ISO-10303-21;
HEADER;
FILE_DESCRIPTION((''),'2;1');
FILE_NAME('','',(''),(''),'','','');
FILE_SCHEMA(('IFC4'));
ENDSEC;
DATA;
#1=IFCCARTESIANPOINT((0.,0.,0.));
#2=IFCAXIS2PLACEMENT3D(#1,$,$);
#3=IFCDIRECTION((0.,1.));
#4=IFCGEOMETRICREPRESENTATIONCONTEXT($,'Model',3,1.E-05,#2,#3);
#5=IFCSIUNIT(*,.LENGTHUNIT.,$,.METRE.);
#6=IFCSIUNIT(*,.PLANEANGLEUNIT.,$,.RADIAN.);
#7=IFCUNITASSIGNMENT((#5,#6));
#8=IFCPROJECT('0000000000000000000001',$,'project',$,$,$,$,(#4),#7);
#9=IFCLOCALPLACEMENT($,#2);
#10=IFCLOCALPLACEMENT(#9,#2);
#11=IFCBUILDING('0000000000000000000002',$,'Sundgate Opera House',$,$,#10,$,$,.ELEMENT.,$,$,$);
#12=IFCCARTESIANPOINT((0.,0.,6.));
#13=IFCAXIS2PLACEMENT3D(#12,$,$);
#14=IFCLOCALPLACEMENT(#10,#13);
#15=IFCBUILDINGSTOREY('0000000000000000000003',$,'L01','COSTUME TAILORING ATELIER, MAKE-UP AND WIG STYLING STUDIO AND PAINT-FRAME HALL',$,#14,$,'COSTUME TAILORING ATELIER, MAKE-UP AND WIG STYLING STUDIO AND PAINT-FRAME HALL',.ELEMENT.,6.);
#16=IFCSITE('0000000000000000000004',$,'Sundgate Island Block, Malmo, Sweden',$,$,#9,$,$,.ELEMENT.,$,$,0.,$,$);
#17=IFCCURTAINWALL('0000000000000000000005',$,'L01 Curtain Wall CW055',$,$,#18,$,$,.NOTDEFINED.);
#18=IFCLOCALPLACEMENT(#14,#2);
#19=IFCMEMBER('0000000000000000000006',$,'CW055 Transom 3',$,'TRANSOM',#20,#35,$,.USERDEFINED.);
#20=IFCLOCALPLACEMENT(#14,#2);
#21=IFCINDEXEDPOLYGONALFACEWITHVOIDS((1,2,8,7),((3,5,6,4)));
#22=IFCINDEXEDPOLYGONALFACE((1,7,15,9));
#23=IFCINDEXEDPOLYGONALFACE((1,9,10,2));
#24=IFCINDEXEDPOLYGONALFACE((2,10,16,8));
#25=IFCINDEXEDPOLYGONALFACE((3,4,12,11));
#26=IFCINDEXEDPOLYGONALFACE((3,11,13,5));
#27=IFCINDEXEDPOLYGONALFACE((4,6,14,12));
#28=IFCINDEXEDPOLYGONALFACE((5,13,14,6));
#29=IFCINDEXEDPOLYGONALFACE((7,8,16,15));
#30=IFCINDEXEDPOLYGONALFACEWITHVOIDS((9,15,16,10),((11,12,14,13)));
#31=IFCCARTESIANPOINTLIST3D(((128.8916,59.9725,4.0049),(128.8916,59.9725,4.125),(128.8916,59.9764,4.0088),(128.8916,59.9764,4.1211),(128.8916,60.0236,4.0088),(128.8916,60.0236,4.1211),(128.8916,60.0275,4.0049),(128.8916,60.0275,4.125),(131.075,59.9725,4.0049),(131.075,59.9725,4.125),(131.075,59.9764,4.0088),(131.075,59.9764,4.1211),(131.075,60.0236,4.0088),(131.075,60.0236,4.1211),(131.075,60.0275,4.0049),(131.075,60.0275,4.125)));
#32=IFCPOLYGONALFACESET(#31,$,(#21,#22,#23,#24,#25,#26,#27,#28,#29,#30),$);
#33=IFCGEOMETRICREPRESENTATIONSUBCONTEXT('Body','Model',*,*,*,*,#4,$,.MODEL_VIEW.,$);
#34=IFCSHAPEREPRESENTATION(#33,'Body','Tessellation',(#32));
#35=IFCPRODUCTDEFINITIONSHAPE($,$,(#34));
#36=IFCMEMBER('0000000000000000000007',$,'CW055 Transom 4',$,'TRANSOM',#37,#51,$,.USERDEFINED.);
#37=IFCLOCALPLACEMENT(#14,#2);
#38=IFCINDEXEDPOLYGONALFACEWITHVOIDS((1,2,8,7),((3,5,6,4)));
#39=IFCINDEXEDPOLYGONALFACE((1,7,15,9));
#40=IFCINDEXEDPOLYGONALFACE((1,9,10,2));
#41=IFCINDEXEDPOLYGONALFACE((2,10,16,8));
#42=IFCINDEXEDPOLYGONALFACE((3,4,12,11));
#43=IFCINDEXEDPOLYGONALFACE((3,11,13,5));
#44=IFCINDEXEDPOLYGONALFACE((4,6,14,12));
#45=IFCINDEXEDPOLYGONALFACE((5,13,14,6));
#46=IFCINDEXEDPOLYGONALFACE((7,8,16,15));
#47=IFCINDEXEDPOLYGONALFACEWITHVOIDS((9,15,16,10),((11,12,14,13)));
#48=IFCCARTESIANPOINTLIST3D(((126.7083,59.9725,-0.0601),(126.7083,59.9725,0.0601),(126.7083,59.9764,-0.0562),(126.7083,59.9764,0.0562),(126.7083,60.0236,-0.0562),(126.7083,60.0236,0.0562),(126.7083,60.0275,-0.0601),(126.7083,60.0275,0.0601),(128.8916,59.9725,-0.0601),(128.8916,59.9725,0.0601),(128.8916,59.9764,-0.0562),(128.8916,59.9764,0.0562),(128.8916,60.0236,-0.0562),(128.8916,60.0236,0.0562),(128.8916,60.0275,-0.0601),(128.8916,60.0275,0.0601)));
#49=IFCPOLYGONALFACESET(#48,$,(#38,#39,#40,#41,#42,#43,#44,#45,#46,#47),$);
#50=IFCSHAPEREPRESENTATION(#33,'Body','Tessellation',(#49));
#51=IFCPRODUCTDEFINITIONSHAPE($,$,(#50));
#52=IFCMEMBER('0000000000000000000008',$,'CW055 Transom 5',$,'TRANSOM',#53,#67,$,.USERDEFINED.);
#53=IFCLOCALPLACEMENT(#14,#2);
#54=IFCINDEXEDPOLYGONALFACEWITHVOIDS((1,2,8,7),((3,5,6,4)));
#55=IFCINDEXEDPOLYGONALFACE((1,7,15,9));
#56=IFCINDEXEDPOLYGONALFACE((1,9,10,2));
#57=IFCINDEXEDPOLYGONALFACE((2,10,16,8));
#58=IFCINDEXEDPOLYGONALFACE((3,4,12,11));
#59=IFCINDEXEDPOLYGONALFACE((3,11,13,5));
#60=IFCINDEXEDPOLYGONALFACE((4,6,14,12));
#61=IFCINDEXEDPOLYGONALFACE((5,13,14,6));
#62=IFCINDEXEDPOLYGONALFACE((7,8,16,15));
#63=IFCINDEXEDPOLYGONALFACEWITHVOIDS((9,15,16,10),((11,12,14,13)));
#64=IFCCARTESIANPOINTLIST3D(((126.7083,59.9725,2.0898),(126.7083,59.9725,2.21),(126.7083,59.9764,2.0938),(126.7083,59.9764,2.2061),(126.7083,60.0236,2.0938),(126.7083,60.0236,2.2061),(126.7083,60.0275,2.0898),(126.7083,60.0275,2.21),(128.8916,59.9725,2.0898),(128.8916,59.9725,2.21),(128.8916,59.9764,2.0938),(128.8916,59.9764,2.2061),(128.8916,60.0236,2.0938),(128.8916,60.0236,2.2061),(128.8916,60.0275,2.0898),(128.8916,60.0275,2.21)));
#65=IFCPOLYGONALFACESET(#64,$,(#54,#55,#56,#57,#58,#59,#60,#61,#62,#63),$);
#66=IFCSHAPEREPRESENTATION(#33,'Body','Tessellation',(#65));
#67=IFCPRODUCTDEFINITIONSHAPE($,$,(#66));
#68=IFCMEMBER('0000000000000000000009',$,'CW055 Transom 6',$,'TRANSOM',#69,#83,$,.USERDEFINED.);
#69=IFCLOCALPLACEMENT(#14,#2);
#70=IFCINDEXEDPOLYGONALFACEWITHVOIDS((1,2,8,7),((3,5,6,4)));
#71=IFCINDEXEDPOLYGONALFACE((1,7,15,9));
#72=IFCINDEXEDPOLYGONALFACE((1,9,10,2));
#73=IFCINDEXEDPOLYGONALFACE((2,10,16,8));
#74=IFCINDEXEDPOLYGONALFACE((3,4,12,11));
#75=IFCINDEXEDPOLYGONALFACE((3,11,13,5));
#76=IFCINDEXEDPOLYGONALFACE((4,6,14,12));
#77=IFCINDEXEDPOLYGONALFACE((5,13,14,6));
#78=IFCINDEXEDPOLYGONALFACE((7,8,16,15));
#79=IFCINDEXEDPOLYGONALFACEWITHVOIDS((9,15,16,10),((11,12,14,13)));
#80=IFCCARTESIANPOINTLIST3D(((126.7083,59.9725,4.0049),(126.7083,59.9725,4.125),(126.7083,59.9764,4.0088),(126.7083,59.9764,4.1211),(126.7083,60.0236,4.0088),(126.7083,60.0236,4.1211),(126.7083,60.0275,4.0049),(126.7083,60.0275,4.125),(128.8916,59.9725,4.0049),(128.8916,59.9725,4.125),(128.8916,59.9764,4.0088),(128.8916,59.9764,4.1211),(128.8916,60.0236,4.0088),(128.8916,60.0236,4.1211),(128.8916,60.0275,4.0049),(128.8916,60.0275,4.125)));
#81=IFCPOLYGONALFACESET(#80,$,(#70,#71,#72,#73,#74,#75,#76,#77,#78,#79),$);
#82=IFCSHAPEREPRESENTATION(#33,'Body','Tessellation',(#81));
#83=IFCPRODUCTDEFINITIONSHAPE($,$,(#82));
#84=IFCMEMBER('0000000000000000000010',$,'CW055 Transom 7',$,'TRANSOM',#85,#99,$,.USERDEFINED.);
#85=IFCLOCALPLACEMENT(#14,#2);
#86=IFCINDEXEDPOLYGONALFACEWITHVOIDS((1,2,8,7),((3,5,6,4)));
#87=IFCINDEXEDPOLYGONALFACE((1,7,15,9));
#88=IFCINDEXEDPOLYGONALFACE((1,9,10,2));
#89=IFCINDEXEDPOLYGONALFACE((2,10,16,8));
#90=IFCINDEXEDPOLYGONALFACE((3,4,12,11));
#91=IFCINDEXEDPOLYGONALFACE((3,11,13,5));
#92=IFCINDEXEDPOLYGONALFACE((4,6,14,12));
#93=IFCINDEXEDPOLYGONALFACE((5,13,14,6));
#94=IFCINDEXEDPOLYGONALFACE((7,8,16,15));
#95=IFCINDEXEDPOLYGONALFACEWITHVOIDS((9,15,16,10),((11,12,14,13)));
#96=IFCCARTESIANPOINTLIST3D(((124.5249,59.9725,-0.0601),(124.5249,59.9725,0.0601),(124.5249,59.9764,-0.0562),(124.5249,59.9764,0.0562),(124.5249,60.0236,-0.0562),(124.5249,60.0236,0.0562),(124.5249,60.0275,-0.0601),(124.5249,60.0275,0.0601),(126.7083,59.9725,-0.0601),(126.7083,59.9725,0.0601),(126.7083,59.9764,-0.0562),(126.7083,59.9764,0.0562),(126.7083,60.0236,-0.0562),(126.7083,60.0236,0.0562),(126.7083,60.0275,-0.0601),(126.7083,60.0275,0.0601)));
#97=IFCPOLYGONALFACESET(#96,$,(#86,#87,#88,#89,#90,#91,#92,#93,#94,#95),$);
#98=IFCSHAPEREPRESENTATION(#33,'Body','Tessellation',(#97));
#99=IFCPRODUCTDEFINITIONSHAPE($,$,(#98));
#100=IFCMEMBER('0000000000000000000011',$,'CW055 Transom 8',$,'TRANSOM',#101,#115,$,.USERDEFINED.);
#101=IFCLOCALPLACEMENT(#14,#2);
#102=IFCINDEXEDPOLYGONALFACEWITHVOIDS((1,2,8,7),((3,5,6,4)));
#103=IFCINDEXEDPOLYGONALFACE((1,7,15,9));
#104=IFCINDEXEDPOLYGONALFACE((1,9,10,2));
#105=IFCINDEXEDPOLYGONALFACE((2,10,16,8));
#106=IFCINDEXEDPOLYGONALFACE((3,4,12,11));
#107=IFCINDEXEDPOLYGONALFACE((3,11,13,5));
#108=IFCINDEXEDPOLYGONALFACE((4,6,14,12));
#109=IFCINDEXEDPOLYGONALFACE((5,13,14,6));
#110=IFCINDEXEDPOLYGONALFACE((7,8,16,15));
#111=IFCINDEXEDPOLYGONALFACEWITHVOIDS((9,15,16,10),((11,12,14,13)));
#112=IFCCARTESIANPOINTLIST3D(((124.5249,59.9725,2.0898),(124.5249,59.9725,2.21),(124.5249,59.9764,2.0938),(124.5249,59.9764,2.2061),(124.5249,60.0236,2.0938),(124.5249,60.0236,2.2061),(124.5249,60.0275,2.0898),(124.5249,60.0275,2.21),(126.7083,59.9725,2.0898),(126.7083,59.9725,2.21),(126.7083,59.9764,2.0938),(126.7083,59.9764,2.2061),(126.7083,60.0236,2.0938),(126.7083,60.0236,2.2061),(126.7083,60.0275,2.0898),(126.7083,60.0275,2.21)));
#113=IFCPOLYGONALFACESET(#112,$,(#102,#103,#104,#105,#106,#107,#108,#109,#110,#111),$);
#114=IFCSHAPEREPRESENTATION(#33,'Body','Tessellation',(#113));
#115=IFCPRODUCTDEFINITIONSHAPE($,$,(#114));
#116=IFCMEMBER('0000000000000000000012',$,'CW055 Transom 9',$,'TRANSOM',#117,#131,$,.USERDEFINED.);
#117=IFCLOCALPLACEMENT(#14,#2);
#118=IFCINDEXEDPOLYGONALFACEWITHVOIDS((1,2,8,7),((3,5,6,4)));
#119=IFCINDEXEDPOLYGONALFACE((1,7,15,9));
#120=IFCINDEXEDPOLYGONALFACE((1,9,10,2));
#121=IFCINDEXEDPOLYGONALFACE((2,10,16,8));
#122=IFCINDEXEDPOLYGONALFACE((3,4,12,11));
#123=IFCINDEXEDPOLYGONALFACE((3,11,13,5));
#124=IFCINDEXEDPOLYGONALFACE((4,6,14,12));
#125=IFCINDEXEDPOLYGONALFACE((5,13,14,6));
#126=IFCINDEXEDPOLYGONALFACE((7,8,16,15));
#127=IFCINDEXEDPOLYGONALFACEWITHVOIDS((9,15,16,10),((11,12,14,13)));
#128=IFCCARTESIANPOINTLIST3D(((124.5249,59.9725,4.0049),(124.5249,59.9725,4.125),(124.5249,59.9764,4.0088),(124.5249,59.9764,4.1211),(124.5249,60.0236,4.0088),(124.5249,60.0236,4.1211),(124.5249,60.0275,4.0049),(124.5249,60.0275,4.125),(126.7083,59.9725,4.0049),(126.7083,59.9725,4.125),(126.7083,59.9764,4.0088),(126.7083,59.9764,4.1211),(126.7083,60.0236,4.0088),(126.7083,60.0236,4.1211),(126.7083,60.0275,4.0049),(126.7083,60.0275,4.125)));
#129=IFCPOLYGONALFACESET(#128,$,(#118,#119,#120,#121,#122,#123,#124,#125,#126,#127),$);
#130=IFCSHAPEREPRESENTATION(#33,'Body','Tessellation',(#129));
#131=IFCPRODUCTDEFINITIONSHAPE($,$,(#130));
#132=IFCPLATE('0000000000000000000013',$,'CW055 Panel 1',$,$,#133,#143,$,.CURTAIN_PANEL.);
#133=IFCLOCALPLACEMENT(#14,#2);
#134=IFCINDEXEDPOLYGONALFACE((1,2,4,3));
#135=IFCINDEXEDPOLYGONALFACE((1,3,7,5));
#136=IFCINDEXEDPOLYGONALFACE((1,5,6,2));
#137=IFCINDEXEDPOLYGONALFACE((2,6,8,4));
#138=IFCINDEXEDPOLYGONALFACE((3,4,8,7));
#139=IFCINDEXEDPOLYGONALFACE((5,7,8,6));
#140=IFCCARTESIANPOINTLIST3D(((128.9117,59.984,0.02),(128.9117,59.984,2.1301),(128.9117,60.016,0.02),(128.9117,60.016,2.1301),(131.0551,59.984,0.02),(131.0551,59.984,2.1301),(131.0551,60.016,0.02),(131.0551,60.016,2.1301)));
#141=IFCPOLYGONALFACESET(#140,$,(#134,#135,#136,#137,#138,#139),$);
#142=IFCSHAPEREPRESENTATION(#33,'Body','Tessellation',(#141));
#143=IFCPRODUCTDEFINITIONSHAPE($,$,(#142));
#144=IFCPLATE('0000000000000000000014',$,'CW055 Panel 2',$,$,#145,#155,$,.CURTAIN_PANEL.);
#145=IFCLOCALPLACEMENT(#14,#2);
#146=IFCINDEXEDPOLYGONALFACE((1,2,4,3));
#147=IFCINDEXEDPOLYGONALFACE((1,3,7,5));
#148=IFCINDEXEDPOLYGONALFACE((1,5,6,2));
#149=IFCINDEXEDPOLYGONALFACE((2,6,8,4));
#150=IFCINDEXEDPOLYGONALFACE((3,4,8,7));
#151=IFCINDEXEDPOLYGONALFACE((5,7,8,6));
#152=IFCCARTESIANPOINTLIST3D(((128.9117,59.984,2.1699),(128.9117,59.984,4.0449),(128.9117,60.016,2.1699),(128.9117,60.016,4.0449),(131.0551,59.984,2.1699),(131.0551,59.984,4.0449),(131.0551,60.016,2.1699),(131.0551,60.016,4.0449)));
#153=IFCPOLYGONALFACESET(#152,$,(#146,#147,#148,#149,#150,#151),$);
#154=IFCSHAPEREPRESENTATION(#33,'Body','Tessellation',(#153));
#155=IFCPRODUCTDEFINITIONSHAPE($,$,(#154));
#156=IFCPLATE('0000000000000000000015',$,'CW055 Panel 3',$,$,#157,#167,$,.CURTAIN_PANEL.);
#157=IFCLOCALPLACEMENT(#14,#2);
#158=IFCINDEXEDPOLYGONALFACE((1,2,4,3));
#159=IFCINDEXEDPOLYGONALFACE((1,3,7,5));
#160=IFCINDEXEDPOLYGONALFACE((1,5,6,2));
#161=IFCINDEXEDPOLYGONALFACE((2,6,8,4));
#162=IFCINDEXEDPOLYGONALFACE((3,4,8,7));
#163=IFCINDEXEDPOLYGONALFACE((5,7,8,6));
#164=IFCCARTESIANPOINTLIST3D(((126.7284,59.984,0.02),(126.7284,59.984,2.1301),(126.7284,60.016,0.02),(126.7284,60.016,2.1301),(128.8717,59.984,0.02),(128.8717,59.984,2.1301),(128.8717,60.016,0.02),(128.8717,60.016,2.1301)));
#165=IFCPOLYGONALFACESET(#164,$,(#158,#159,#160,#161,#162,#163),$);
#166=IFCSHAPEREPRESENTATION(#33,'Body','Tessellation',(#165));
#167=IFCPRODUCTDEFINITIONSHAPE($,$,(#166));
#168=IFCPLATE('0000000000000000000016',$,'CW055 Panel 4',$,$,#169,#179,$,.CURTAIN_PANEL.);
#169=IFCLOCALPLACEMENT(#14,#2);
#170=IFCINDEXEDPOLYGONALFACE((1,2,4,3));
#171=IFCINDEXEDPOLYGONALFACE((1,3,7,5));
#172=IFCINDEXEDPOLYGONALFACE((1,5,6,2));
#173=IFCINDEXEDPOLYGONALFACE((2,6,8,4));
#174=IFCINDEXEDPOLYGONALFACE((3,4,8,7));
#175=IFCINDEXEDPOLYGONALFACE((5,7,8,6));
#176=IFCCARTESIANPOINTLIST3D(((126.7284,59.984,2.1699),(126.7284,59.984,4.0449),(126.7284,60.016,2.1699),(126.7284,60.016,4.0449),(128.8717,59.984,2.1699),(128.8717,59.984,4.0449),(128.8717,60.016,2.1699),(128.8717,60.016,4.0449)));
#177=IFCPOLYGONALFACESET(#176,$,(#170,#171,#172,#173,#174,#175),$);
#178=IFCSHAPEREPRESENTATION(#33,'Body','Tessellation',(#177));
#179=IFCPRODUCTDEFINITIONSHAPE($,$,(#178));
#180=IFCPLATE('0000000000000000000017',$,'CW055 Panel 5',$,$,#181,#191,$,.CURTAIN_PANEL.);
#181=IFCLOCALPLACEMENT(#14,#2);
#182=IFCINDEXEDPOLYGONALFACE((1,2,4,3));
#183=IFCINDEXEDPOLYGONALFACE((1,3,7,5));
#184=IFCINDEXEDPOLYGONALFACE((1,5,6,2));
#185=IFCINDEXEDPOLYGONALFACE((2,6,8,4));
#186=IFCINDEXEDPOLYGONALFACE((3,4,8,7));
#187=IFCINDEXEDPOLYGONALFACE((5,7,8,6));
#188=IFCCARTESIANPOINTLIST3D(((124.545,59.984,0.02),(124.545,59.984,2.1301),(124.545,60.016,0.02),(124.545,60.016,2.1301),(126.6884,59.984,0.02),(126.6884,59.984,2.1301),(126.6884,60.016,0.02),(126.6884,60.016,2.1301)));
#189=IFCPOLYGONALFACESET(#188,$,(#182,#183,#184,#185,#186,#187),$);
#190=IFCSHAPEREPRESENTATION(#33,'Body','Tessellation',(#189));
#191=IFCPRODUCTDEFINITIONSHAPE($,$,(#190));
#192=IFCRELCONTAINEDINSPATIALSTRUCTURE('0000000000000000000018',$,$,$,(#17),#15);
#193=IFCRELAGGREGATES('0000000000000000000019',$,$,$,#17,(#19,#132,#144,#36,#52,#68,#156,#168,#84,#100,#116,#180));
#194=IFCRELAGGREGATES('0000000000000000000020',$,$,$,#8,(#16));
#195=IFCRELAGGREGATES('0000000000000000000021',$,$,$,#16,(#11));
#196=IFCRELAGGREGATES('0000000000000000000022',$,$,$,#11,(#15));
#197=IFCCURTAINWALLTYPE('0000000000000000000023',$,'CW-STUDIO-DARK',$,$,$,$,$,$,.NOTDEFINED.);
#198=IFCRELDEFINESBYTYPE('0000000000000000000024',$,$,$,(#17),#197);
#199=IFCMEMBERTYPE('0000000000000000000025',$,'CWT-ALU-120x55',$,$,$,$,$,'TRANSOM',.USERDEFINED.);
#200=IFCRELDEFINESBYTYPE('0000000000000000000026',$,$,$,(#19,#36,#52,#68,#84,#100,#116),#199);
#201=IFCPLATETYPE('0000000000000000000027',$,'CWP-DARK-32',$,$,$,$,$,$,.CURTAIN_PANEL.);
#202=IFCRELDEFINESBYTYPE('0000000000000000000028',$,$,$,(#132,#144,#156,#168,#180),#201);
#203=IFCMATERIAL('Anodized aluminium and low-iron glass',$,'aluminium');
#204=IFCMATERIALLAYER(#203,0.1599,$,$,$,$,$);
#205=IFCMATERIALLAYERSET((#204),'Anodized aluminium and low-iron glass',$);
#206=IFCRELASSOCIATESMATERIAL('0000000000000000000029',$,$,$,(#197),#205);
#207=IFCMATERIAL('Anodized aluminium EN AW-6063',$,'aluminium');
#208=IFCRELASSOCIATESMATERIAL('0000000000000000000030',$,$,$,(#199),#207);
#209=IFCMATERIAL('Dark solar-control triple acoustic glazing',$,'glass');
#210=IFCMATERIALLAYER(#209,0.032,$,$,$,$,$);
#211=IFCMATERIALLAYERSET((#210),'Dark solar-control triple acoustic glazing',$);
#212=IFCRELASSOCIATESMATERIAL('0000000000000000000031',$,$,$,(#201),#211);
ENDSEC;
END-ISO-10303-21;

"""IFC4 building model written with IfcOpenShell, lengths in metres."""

from ifc_helpers import new_model, si_unit, direction, frame, origin, origin_2d, place, context, subcontext, project, spatial, rectangle, hollow_rectangle, extrude, material, layer, layer_set, material_profile, profile_set, type_object, element, aggregate, save


model = new_model("IFC4")

# Units and contexts
model_context = context("Model", 3, precision=1e-05, world=origin(), true_north=direction((0.0, 1.0)))
body_context = subcontext(model_context, "Body", "Model", "MODEL_VIEW")
ifc_project = project(units=[si_unit("LENGTHUNIT", "METRE"), si_unit("PLANEANGLEUNIT", "RADIAN")], contexts=[model_context])

# Site, building, storey
site_placement = place(None, origin())
site = spatial("IfcSite", under=ifc_project, at=site_placement, Name="Sundgate Island Block, Malmo, Sweden", CompositionType="ELEMENT", RefElevation=0.0)
building_placement = place(site_placement, origin())
building = spatial("IfcBuilding", under=site, at=building_placement, Name="Sundgate Opera House", CompositionType="ELEMENT")
storey_placement = place(building_placement, frame((0.0, 0.0, 6.0)))
storey = spatial("IfcBuildingStorey", under=building, at=storey_placement, Name="L01", Description="COSTUME TAILORING ATELIER, MAKE-UP AND WIG STYLING STUDIO AND PAINT-FRAME HALL", LongName="COSTUME TAILORING ATELIER, MAKE-UP AND WIG STYLING STUDIO AND PAINT-FRAME HALL", CompositionType="ELEMENT", Elevation=6.0)

# Curtain wall, members, plates
ifc_material_1 = material(Name="Anodized aluminium and low-iron glass", Category="aluminium")
ifc_layer_1 = layer(ifc_material_1, 0.1599)
ifc_layer_set_1 = layer_set([ifc_layer_1], Name="Anodized aluminium and low-iron glass")
curtain_wall_type = type_object("IfcCurtainWallType", Name="CW-STUDIO-DARK", PredefinedType="NOTDEFINED", material=ifc_layer_set_1)
curtain_wall_placement = place(storey_placement, origin())
curtain_wall = element("IfcCurtainWall", 1, at=curtain_wall_placement, inside=storey, type_object=curtain_wall_type, Name="L01 Curtain Wall CW055", PredefinedType="NOTDEFINED")
ifc_material_2 = material(Name="Anodized aluminium EN AW-6063", Category="aluminium")
ifc_material_profile_1 = material_profile(ifc_material_2, hollow_rectangle(XDim=0.0549, YDim=0.1201, WallThickness=0.0039, at=origin_2d()), Name="CWT 120x55x4")
ifc_profile_set_1 = profile_set([ifc_material_profile_1], Name="Anodized aluminium EN AW-6063")
member_type_1 = type_object("IfcMemberType", Name="CWT-ALU-120x55", ElementType="TRANSOM", PredefinedType="USERDEFINED", material=ifc_profile_set_1)
member_1_placement = place(storey_placement, frame((131.075, 60.0, 4.0649), z_axis=(-1.0, 0.0, 0.0), x_axis=(0.0, -1.0, 0.0)))
member_1 = element("IfcMember", 2, at=member_1_placement, type_object=member_type_1, Name="CW055 Transom 3", ObjectType="TRANSOM", PredefinedType="USERDEFINED", context=body_context, shape_type="SweptSolid", body=[
    extrude(hollow_rectangle(XDim=0.0549, YDim=0.1201, WallThickness=0.0039, at=origin_2d()), origin(), (0.0, 0.0, 1.0), 2.1833),
])
member_2_placement = place(storey_placement, frame((128.8916, 60.0, 0.0), z_axis=(-1.0, 0.0, 0.0), x_axis=(0.0, -1.0, 0.0)))
member_2 = element("IfcMember", 3, at=member_2_placement, type_object=member_type_1, Name="CW055 Transom 4", ObjectType="TRANSOM", PredefinedType="USERDEFINED", context=body_context, shape_type="SweptSolid", body=[
    extrude(hollow_rectangle(XDim=0.0549, YDim=0.1201, WallThickness=0.0039, at=origin_2d()), origin(), (0.0, 0.0, 1.0), 2.1833),
])
member_3_placement = place(storey_placement, frame((128.8916, 60.0, 2.1499), z_axis=(-1.0, 0.0, 0.0), x_axis=(0.0, -1.0, 0.0)))
member_3 = element("IfcMember", 4, at=member_3_placement, type_object=member_type_1, Name="CW055 Transom 5", ObjectType="TRANSOM", PredefinedType="USERDEFINED", context=body_context, shape_type="SweptSolid", body=[
    extrude(hollow_rectangle(XDim=0.0549, YDim=0.1201, WallThickness=0.0039, at=origin_2d()), origin(), (0.0, 0.0, 1.0), 2.1833),
])
member_4_placement = place(storey_placement, frame((128.8916, 60.0, 4.0649), z_axis=(-1.0, 0.0, 0.0), x_axis=(0.0, -1.0, 0.0)))
member_4 = element("IfcMember", 5, at=member_4_placement, type_object=member_type_1, Name="CW055 Transom 6", ObjectType="TRANSOM", PredefinedType="USERDEFINED", context=body_context, shape_type="SweptSolid", body=[
    extrude(hollow_rectangle(XDim=0.0549, YDim=0.1201, WallThickness=0.0039, at=origin_2d()), origin(), (0.0, 0.0, 1.0), 2.1833),
])
member_5_placement = place(storey_placement, frame((126.7083, 60.0, 0.0), z_axis=(-1.0, 0.0, 0.0), x_axis=(0.0, -1.0, 0.0)))
member_5 = element("IfcMember", 6, at=member_5_placement, type_object=member_type_1, Name="CW055 Transom 7", ObjectType="TRANSOM", PredefinedType="USERDEFINED", context=body_context, shape_type="SweptSolid", body=[
    extrude(hollow_rectangle(XDim=0.0549, YDim=0.1201, WallThickness=0.0039, at=origin_2d()), origin(), (0.0, 0.0, 1.0), 2.1833),
])
member_6_placement = place(storey_placement, frame((126.7083, 60.0, 2.1499), z_axis=(-1.0, 0.0, 0.0), x_axis=(0.0, -1.0, 0.0)))
member_6 = element("IfcMember", 7, at=member_6_placement, type_object=member_type_1, Name="CW055 Transom 8", ObjectType="TRANSOM", PredefinedType="USERDEFINED", context=body_context, shape_type="SweptSolid", body=[
    extrude(hollow_rectangle(XDim=0.0549, YDim=0.1201, WallThickness=0.0039, at=origin_2d()), origin(), (0.0, 0.0, 1.0), 2.1833),
])
member_7_placement = place(storey_placement, frame((126.7083, 60.0, 4.0649), z_axis=(-1.0, 0.0, 0.0), x_axis=(0.0, -1.0, 0.0)))
member_7 = element("IfcMember", 8, at=member_7_placement, type_object=member_type_1, Name="CW055 Transom 9", ObjectType="TRANSOM", PredefinedType="USERDEFINED", context=body_context, shape_type="SweptSolid", body=[
    extrude(hollow_rectangle(XDim=0.0549, YDim=0.1201, WallThickness=0.0039, at=origin_2d()), origin(), (0.0, 0.0, 1.0), 2.1833),
])
ifc_material_3 = material(Name="Dark solar-control triple acoustic glazing", Category="glass")
ifc_layer_2 = layer(ifc_material_3, 0.032)
ifc_layer_set_2 = layer_set([ifc_layer_2], Name="Dark solar-control triple acoustic glazing")
plate_type = type_object("IfcPlateType", Name="CWP-DARK-32", PredefinedType="CURTAIN_PANEL", material=ifc_layer_set_2)
plate_1_placement = place(storey_placement, frame((129.9834, 60.0, 0.02), z_axis=(0.0, 0.0, 1.0), x_axis=(-1.0, 0.0, 0.0)))
plate_1 = element("IfcPlate", 9, at=plate_1_placement, type_object=plate_type, Name="CW055 Panel 1", PredefinedType="CURTAIN_PANEL", context=body_context, shape_type="SweptSolid", body=[
    extrude(rectangle(XDim=2.1433, YDim=0.032, at=origin_2d()), origin(), (0.0, 0.0, 1.0), 2.1101),
])
plate_2_placement = place(storey_placement, frame((129.9834, 60.0, 2.1699), z_axis=(0.0, 0.0, 1.0), x_axis=(-1.0, 0.0, 0.0)))
plate_2 = element("IfcPlate", 10, at=plate_2_placement, type_object=plate_type, Name="CW055 Panel 2", PredefinedType="CURTAIN_PANEL", context=body_context, shape_type="SweptSolid", body=[
    extrude(rectangle(XDim=2.1433, YDim=0.032, at=origin_2d()), origin(), (0.0, 0.0, 1.0), 1.875),
])
plate_3_placement = place(storey_placement, frame((127.8, 60.0, 0.02), z_axis=(0.0, 0.0, 1.0), x_axis=(-1.0, 0.0, 0.0)))
plate_3 = element("IfcPlate", 11, at=plate_3_placement, type_object=plate_type, Name="CW055 Panel 3", PredefinedType="CURTAIN_PANEL", context=body_context, shape_type="SweptSolid", body=[
    extrude(rectangle(XDim=2.1433, YDim=0.032, at=origin_2d()), origin(), (0.0, 0.0, 1.0), 2.1101),
])
plate_4_placement = place(storey_placement, frame((127.8, 60.0, 2.1699), z_axis=(0.0, 0.0, 1.0), x_axis=(-1.0, 0.0, 0.0)))
plate_4 = element("IfcPlate", 12, at=plate_4_placement, type_object=plate_type, Name="CW055 Panel 4", PredefinedType="CURTAIN_PANEL", context=body_context, shape_type="SweptSolid", body=[
    extrude(rectangle(XDim=2.1433, YDim=0.032, at=origin_2d()), origin(), (0.0, 0.0, 1.0), 1.875),
])
plate_5_placement = place(storey_placement, frame((125.6167, 60.0, 0.02), z_axis=(0.0, 0.0, 1.0), x_axis=(-1.0, 0.0, 0.0)))
plate_5 = element("IfcPlate", 13, at=plate_5_placement, type_object=plate_type, Name="CW055 Panel 5", PredefinedType="CURTAIN_PANEL", context=body_context, shape_type="SweptSolid", body=[
    extrude(rectangle(XDim=2.1433, YDim=0.032, at=origin_2d()), origin(), (0.0, 0.0, 1.0), 2.1101),
])
aggregate(curtain_wall, [member_1, plate_1, plate_2, member_2, member_3, member_4, plate_3, plate_4, member_5, member_6, member_7, plate_5])

save(model, "model.ifc")
